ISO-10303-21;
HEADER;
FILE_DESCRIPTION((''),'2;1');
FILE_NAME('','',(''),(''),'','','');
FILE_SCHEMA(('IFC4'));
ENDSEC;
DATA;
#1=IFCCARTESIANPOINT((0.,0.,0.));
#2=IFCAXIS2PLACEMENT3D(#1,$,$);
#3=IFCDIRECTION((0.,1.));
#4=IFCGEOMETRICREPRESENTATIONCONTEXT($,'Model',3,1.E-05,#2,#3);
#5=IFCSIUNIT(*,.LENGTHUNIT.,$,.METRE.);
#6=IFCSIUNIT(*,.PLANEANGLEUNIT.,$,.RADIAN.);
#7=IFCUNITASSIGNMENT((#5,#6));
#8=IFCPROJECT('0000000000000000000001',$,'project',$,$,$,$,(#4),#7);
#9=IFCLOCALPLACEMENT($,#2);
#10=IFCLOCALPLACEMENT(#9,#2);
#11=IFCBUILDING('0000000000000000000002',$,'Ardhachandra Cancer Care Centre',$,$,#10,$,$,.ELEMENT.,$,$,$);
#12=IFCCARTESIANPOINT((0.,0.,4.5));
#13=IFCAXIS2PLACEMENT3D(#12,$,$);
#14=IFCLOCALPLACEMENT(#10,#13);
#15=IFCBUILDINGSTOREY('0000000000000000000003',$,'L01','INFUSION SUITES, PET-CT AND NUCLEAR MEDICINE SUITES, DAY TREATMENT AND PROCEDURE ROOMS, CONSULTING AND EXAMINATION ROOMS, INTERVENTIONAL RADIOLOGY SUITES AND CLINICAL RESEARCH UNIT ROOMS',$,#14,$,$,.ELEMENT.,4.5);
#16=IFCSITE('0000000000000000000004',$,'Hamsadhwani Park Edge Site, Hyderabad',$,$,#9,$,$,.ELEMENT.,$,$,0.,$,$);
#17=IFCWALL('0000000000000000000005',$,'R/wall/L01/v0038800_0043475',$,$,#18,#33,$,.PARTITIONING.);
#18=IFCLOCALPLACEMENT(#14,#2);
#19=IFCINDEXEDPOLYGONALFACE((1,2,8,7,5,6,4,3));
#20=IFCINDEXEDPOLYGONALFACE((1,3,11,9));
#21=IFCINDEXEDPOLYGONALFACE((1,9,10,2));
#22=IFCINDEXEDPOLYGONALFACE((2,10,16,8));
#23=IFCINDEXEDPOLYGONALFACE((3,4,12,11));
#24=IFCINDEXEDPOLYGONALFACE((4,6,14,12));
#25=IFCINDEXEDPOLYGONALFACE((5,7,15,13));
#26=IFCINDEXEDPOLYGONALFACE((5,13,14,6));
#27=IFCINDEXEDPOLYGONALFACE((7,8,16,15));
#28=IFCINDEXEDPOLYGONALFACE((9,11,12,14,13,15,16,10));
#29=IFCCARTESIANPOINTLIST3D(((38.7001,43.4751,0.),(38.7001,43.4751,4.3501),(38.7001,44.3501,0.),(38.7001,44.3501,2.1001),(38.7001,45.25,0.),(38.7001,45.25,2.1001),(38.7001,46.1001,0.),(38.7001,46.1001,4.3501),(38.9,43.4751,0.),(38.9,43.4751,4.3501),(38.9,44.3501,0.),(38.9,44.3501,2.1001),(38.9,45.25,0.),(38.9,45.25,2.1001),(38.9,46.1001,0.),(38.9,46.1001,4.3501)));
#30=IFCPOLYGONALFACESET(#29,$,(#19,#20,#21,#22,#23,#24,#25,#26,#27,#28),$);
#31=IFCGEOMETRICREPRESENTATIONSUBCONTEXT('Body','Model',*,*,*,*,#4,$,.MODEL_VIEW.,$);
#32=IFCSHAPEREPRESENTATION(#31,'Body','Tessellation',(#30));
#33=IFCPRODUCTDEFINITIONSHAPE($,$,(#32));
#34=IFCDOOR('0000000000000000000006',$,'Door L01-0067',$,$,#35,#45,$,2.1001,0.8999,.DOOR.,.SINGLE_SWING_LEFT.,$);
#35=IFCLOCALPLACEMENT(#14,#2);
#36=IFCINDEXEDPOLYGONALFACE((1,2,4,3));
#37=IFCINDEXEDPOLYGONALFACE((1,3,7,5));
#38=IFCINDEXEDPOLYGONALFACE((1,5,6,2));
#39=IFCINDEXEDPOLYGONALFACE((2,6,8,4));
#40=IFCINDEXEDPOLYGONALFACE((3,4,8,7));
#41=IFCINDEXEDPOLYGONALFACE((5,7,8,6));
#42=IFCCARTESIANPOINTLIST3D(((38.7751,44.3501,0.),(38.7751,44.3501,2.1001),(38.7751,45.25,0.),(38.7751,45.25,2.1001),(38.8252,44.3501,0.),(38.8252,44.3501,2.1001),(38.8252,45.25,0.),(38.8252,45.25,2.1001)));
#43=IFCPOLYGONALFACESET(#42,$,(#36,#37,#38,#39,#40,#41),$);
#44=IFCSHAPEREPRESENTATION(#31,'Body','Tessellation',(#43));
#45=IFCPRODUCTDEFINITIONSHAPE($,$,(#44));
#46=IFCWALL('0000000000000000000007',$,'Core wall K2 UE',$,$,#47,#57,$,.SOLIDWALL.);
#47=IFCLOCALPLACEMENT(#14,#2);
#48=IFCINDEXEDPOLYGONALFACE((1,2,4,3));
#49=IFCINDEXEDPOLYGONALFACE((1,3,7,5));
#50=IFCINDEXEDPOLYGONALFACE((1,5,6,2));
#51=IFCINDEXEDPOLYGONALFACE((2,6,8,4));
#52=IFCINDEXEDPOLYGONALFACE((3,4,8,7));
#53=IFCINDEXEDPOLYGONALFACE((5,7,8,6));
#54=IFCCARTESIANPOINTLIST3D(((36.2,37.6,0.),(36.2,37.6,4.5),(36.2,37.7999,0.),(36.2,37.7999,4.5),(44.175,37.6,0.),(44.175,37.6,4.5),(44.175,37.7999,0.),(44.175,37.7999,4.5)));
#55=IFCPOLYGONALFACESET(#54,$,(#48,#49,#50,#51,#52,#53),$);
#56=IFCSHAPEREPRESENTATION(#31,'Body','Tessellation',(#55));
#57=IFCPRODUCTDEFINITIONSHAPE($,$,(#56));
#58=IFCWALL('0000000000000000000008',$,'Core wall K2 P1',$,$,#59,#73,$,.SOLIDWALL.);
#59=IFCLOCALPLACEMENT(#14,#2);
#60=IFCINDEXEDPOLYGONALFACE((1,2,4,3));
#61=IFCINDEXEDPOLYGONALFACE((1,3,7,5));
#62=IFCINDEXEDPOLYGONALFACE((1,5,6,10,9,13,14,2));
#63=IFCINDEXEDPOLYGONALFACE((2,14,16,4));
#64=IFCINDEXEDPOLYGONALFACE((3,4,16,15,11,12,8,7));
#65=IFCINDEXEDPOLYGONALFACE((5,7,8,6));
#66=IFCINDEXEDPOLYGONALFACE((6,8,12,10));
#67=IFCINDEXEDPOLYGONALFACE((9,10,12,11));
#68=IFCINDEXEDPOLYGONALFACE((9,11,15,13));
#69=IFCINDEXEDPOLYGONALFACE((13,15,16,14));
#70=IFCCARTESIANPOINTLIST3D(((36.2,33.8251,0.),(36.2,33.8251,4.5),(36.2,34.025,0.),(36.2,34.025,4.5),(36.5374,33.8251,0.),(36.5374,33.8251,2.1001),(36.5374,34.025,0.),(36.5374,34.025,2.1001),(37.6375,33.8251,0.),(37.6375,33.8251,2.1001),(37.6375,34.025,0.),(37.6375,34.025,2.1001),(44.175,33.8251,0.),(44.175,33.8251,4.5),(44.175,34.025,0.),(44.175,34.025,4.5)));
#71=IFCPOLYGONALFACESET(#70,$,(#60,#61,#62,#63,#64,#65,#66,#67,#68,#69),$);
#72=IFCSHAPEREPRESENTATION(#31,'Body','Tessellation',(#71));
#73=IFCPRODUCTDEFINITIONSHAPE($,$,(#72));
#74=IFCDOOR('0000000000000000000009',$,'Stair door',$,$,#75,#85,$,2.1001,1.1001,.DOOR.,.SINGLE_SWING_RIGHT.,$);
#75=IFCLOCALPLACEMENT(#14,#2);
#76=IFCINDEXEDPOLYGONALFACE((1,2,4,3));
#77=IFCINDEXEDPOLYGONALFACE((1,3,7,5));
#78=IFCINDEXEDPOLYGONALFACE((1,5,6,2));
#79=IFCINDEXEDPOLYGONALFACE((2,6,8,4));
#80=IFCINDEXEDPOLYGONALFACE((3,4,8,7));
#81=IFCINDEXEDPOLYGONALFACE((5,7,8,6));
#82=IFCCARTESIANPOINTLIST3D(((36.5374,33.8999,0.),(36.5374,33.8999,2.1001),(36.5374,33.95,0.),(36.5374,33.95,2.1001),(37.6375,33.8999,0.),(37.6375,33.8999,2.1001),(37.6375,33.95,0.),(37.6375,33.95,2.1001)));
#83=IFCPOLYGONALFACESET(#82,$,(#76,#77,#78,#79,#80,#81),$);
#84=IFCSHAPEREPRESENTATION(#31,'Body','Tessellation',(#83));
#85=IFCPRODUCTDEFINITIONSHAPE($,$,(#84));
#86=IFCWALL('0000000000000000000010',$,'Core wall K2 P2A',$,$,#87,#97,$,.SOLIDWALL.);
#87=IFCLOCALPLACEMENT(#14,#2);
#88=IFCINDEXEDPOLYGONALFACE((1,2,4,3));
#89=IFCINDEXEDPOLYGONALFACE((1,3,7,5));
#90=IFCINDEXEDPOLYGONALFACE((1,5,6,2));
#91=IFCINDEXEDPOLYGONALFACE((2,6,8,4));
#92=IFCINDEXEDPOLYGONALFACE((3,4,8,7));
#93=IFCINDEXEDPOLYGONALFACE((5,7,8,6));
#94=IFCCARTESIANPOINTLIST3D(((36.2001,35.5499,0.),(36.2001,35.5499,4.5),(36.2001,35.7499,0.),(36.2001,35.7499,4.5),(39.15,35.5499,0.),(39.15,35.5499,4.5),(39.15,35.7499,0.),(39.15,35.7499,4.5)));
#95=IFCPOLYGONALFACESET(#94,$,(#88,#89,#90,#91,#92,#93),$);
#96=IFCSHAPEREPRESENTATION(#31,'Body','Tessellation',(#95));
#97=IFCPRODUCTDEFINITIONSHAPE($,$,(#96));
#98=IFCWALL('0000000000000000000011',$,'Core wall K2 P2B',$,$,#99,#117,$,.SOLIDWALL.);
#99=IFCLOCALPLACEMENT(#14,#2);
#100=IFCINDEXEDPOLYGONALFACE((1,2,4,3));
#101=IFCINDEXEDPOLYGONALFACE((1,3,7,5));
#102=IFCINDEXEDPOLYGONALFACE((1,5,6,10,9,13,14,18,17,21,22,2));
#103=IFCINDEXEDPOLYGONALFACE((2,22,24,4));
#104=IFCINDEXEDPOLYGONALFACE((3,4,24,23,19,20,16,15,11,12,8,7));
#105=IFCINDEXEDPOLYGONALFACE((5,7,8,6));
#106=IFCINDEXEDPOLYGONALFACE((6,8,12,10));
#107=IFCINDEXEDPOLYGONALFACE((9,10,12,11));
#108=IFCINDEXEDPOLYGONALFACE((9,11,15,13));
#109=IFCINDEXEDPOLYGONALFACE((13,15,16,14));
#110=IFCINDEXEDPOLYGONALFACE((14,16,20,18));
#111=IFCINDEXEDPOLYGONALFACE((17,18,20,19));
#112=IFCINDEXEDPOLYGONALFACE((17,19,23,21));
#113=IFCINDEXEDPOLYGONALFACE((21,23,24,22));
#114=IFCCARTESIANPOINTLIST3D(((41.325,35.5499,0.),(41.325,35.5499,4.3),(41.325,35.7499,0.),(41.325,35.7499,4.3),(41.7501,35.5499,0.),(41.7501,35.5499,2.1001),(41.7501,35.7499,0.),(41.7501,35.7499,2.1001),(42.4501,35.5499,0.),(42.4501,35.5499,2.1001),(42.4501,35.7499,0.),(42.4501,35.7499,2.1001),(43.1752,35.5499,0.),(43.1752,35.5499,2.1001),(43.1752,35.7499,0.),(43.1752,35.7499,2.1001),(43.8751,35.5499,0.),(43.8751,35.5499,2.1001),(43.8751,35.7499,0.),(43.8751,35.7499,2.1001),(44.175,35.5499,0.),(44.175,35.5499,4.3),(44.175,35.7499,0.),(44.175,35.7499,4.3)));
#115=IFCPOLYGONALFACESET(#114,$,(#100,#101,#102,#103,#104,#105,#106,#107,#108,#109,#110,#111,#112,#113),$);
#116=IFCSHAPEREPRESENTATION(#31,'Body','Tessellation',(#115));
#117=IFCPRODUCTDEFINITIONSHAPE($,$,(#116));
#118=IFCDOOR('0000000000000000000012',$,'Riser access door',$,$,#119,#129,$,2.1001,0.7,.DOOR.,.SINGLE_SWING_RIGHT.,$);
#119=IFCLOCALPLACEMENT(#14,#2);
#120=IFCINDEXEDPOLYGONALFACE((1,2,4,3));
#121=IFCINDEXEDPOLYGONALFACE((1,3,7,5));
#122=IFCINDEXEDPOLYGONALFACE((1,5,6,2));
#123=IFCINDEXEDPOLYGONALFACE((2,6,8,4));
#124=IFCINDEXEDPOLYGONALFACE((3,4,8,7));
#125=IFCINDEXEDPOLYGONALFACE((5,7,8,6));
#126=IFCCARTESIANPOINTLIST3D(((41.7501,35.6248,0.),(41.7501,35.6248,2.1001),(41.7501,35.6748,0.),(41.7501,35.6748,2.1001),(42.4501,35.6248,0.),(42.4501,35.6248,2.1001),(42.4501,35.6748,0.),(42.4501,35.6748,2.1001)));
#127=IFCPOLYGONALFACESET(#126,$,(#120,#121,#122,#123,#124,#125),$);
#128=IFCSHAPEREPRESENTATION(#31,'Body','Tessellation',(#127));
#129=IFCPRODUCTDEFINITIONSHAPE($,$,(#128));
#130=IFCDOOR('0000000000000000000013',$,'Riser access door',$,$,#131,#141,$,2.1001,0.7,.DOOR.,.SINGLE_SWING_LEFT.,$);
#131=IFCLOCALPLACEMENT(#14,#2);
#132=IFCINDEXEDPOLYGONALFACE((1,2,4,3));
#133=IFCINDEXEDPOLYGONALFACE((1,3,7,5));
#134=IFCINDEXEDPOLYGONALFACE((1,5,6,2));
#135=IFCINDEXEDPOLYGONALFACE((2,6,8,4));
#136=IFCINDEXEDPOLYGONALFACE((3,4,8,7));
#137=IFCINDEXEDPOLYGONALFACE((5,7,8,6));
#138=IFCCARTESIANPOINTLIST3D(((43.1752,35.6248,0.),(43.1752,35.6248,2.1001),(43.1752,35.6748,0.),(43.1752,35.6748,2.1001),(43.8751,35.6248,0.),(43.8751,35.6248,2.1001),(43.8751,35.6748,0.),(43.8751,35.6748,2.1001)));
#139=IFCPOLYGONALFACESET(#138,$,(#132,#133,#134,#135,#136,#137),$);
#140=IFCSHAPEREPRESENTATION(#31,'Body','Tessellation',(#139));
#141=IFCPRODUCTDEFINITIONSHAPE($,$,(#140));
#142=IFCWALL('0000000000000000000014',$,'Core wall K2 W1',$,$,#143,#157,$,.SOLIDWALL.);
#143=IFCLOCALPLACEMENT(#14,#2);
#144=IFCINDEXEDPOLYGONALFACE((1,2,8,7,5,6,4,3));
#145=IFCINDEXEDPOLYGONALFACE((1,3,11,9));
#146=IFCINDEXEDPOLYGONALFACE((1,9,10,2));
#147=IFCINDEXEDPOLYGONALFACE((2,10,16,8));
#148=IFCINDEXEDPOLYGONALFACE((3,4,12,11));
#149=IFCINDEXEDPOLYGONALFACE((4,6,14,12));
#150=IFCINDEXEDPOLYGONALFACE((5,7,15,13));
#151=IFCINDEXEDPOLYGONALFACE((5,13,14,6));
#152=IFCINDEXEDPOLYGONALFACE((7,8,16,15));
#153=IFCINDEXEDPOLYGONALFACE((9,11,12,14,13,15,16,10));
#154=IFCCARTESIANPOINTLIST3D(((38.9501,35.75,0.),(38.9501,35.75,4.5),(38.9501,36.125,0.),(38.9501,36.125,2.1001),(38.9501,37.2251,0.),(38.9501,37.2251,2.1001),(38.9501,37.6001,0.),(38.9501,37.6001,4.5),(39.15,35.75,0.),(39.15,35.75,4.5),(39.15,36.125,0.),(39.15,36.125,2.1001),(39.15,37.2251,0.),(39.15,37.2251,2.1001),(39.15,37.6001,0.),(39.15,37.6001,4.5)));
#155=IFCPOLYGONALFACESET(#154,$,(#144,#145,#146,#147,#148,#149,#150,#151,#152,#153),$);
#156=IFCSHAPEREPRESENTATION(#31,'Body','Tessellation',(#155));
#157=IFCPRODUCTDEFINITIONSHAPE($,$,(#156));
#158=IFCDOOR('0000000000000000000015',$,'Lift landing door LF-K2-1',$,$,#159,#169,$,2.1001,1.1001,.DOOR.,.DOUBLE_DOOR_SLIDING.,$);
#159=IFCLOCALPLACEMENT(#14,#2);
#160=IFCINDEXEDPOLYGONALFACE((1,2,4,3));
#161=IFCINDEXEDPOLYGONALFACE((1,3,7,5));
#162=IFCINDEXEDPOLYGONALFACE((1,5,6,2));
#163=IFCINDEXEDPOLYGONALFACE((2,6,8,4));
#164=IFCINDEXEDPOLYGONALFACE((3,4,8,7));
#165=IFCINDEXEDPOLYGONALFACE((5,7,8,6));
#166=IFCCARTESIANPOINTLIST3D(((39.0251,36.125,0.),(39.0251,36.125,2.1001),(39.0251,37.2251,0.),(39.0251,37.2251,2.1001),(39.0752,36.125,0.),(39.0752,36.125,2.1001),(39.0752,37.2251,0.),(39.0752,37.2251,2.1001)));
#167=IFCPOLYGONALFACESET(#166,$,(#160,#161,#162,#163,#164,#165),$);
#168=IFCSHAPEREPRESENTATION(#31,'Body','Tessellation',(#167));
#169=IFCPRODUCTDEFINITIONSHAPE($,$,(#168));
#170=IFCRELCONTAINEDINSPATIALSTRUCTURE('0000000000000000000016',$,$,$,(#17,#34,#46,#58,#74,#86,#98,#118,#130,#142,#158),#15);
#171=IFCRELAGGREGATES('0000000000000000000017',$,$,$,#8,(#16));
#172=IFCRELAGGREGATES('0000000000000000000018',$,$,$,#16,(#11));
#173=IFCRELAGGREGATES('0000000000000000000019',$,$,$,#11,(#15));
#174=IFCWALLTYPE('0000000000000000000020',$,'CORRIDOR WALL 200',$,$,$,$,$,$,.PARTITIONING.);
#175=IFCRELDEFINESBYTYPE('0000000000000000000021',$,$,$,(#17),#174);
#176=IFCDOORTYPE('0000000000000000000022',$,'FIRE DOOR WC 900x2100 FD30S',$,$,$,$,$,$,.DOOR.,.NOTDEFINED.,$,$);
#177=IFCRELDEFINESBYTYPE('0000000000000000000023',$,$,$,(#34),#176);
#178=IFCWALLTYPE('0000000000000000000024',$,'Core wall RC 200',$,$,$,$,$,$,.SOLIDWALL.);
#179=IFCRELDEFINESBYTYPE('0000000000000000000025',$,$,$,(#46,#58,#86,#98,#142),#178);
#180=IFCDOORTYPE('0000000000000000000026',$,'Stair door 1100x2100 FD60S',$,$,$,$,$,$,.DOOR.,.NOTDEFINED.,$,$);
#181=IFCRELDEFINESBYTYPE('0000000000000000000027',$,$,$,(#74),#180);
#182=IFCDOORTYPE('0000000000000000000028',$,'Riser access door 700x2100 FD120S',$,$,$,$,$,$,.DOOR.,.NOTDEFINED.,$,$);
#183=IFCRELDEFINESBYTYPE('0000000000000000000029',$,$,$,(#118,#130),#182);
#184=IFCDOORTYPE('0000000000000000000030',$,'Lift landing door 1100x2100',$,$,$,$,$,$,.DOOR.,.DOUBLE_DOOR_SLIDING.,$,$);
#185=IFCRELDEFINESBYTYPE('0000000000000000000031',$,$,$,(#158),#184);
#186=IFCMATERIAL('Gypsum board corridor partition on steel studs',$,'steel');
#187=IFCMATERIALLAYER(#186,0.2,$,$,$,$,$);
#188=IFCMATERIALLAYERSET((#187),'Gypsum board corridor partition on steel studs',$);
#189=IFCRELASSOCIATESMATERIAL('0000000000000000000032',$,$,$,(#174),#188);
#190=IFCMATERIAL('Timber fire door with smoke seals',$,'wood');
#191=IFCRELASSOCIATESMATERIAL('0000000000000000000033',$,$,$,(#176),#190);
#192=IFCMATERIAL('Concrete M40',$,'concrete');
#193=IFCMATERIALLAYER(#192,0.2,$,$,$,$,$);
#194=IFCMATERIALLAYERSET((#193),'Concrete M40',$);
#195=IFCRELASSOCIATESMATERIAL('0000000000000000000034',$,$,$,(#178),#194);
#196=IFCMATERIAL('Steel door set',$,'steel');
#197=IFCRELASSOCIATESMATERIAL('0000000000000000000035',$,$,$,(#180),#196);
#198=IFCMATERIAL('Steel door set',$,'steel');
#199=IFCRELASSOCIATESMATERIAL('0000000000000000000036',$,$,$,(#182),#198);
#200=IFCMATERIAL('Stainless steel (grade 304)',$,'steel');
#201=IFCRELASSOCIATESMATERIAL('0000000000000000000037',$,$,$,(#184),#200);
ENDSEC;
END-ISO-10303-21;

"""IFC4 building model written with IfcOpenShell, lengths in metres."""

from ifc_helpers import new_model, si_unit, direction, frame, frame_2d, origin, place, context, subcontext, project, spatial, rectangle, extrude, material, layer, layer_set, type_object, element, fill, save


model = new_model("IFC4")

# Units and contexts
model_context = context("Model", 3, precision=1e-05, world=origin(), true_north=direction((0.0, 1.0)))
body_context = subcontext(model_context, "Body", "Model", "MODEL_VIEW")
ifc_project = project(units=[si_unit("LENGTHUNIT", "METRE"), si_unit("PLANEANGLEUNIT", "RADIAN")], contexts=[model_context])

# Site, building, storey
site_placement = place(None, origin())
site = spatial("IfcSite", under=ifc_project, at=site_placement, Name="Hamsadhwani Park Edge Site, Hyderabad", CompositionType="ELEMENT", RefElevation=0.0)
building_placement = place(site_placement, origin())
building = spatial("IfcBuilding", under=site, at=building_placement, Name="Ardhachandra Cancer Care Centre", CompositionType="ELEMENT")
storey_placement = place(building_placement, frame((0.0, 0.0, 4.5)))
storey = spatial("IfcBuildingStorey", under=building, at=storey_placement, Name="L01", Description="INFUSION SUITES, PET-CT AND NUCLEAR MEDICINE SUITES, DAY TREATMENT AND PROCEDURE ROOMS, CONSULTING AND EXAMINATION ROOMS, INTERVENTIONAL RADIOLOGY SUITES AND CLINICAL RESEARCH UNIT ROOMS", CompositionType="ELEMENT", Elevation=4.5)

# Wall, opening, door
ifc_material_1 = material(Name="Gypsum board corridor partition on steel studs", Category="steel")
ifc_layer_1 = layer(ifc_material_1, 0.2)
ifc_layer_set_1 = layer_set([ifc_layer_1], Name="Gypsum board corridor partition on steel studs")
wall_type_1 = type_object("IfcWallType", Name="CORRIDOR WALL 200", PredefinedType="PARTITIONING", material=ifc_layer_set_1)
ifc_material_2 = material(Name="Timber fire door with smoke seals", Category="wood")
door_type_1 = type_object("IfcDoorType", Name="FIRE DOOR WC 900x2100 FD30S", OperationType="NOTDEFINED", PredefinedType="DOOR", material=ifc_material_2)
wall_1_placement = place(storey_placement, frame((38.8, 43.4751, 0.0), z_axis=(0.0, 0.0, 1.0), x_axis=(0.0, 1.0, 0.0)))
wall_1 = element("IfcWall", 1, at=wall_1_placement, inside=storey, type_object=wall_type_1, Name="R/wall/L01/v0038800_0043475", PredefinedType="PARTITIONING", context=body_context, shape_type="SweptSolid", body=[
    extrude(rectangle(XDim=2.625, YDim=0.2, at=frame_2d((1.3125, 0.0))), origin(), (0.0, 0.0, 1.0), 4.3501),
])
opening_1_placement = place(wall_1_placement, frame((0.875, 0.0, 0.0)))
opening_1 = element("IfcOpeningElement", 2, at=opening_1_placement, cuts=wall_1, PredefinedType="OPENING", context=body_context, shape_type="SweptSolid", body=[
    extrude(rectangle(XDim=0.8999, YDim=2.1001, at=frame_2d((0.45, 1.05))), frame((0.0, 0.1099, 0.0), z_axis=(0.0, -1.0, 0.0), x_axis=(1.0, 0.0, 0.0)), (0.0, 0.0, 1.0), 0.22),
])
door_1_placement = place(opening_1_placement, origin())
door_1 = element("IfcDoor", 3, at=door_1_placement, inside=storey, type_object=door_type_1, Name="Door L01-0067", OperationType="SINGLE_SWING_LEFT", OverallHeight=2.1001, OverallWidth=0.8999, PredefinedType="DOOR", context=body_context, shape_type="SweptSolid", body=[
    extrude(rectangle(XDim=0.8999, YDim=2.1001, at=frame_2d((0.45, 1.05))), frame((0.0, 0.0249, 0.0), z_axis=(0.0, -1.0, 0.0), x_axis=(1.0, 0.0, 0.0)), (0.0, 0.0, 1.0), 0.05),
])
fill(opening_1, door_1)

# Wall
ifc_material_3 = material(Name="Concrete M40", Category="concrete")
ifc_layer_2 = layer(ifc_material_3, 0.2)
ifc_layer_set_2 = layer_set([ifc_layer_2], Name="Concrete M40")
wall_type_2 = type_object("IfcWallType", Name="Core wall RC 200", PredefinedType="SOLIDWALL", material=ifc_layer_set_2)
wall_2_placement = place(storey_placement, frame((36.2, 37.7, 0.0), z_axis=(0.0, 0.0, 1.0), x_axis=(1.0, 0.0, 0.0)))
element("IfcWall", 4, at=wall_2_placement, inside=storey, type_object=wall_type_2, Name="Core wall K2 UE", PredefinedType="SOLIDWALL", context=body_context, shape_type="SweptSolid", body=[
    extrude(rectangle(XDim=7.9751, YDim=0.2, at=frame_2d((3.9875, 0.0))), origin(), (0.0, 0.0, 1.0), 4.5),
])

# Wall, opening, door
wall_3_placement = place(storey_placement, frame((36.2, 33.925, 0.0), z_axis=(0.0, 0.0, 1.0), x_axis=(1.0, 0.0, 0.0)))
wall_3 = element("IfcWall", 5, at=wall_3_placement, inside=storey, type_object=wall_type_2, Name="Core wall K2 P1", PredefinedType="SOLIDWALL", context=body_context, shape_type="SweptSolid", body=[
    extrude(rectangle(XDim=7.9751, YDim=0.2, at=frame_2d((3.9875, 0.0))), origin(), (0.0, 0.0, 1.0), 4.5),
])
opening_2_placement = place(wall_3_placement, frame((0.3374, 0.0, 0.0)))
opening_2 = element("IfcOpeningElement", 6, at=opening_2_placement, cuts=wall_3, PredefinedType="OPENING", context=body_context, shape_type="SweptSolid", body=[
    extrude(rectangle(XDim=1.1001, YDim=2.1001, at=frame_2d((0.55, 1.05))), frame((0.0, 0.1099, 0.0), z_axis=(0.0, -1.0, 0.0), x_axis=(1.0, 0.0, 0.0)), (0.0, 0.0, 1.0), 0.22),
])
ifc_material_4 = material(Name="Steel door set", Category="steel")
door_type_2 = type_object("IfcDoorType", Name="Stair door 1100x2100 FD60S", OperationType="NOTDEFINED", PredefinedType="DOOR", material=ifc_material_4)
door_2_placement = place(opening_2_placement, origin())
door_2 = element("IfcDoor", 7, at=door_2_placement, inside=storey, type_object=door_type_2, Name="Stair door", OperationType="SINGLE_SWING_RIGHT", OverallHeight=2.1001, OverallWidth=1.1001, PredefinedType="DOOR", context=body_context, shape_type="SweptSolid", body=[
    extrude(rectangle(XDim=1.1001, YDim=2.1001, at=frame_2d((0.55, 1.05))), frame((0.0, 0.0249, 0.0), z_axis=(0.0, -1.0, 0.0), x_axis=(1.0, 0.0, 0.0)), (0.0, 0.0, 1.0), 0.05),
])
fill(opening_2, door_2)

# Wall
wall_4_placement = place(storey_placement, frame((36.2, 35.6499, 0.0), z_axis=(0.0, 0.0, 1.0), x_axis=(1.0, 0.0, 0.0)))
element("IfcWall", 8, at=wall_4_placement, inside=storey, type_object=wall_type_2, Name="Core wall K2 P2A", PredefinedType="SOLIDWALL", context=body_context, shape_type="SweptSolid", body=[
    extrude(rectangle(XDim=2.95, YDim=0.2, at=frame_2d((1.4751, 0.0))), origin(), (0.0, 0.0, 1.0), 4.5),
])

# Wall, openings, doors
wall_5_placement = place(storey_placement, frame((41.325, 35.6499, 0.0), z_axis=(0.0, 0.0, 1.0), x_axis=(1.0, 0.0, 0.0)))
wall_5 = element("IfcWall", 9, at=wall_5_placement, inside=storey, type_object=wall_type_2, Name="Core wall K2 P2B", PredefinedType="SOLIDWALL", context=body_context, shape_type="SweptSolid", body=[
    extrude(rectangle(XDim=2.8501, YDim=0.2, at=frame_2d((1.425, 0.0))), origin(), (0.0, 0.0, 1.0), 4.3),
])
opening_3_placement = place(wall_5_placement, frame((0.425, 0.0, 0.0)))
opening_3 = element("IfcOpeningElement", 10, at=opening_3_placement, cuts=wall_5, PredefinedType="OPENING", context=body_context, shape_type="SweptSolid", body=[
    extrude(rectangle(XDim=0.7, YDim=2.1001, at=frame_2d((0.3501, 1.05))), frame((0.0, 0.1099, 0.0), z_axis=(0.0, -1.0, 0.0), x_axis=(1.0, 0.0, 0.0)), (0.0, 0.0, 1.0), 0.22),
])
opening_4_placement = place(wall_5_placement, frame((1.8501, 0.0, 0.0)))
opening_4 = element("IfcOpeningElement", 11, at=opening_4_placement, cuts=wall_5, PredefinedType="OPENING", context=body_context, shape_type="SweptSolid", body=[
    extrude(rectangle(XDim=0.7, YDim=2.1001, at=frame_2d((0.3501, 1.05))), frame((0.0, 0.1099, 0.0), z_axis=(0.0, -1.0, 0.0), x_axis=(1.0, 0.0, 0.0)), (0.0, 0.0, 1.0), 0.22),
])
ifc_material_5 = material(Name="Steel door set", Category="steel")
door_type_3 = type_object("IfcDoorType", Name="Riser access door 700x2100 FD120S", OperationType="NOTDEFINED", PredefinedType="DOOR", material=ifc_material_5)
door_3_placement = place(opening_3_placement, origin())
door_3 = element("IfcDoor", 12, at=door_3_placement, inside=storey, type_object=door_type_3, Name="Riser access door", OperationType="SINGLE_SWING_RIGHT", OverallHeight=2.1001, OverallWidth=0.7, PredefinedType="DOOR", context=body_context, shape_type="SweptSolid", body=[
    extrude(rectangle(XDim=0.7, YDim=2.1001, at=frame_2d((0.3501, 1.05))), frame((0.0, 0.0249, 0.0), z_axis=(0.0, -1.0, 0.0), x_axis=(1.0, 0.0, 0.0)), (0.0, 0.0, 1.0), 0.05),
])
fill(opening_3, door_3)
door_4_placement = place(opening_4_placement, origin())
door_4 = element("IfcDoor", 13, at=door_4_placement, inside=storey, type_object=door_type_3, Name="Riser access door", OperationType="SINGLE_SWING_LEFT", OverallHeight=2.1001, OverallWidth=0.7, PredefinedType="DOOR", context=body_context, shape_type="SweptSolid", body=[
    extrude(rectangle(XDim=0.7, YDim=2.1001, at=frame_2d((0.3501, 1.05))), frame((0.0, 0.0249, 0.0), z_axis=(0.0, -1.0, 0.0), x_axis=(1.0, 0.0, 0.0)), (0.0, 0.0, 1.0), 0.05),
])
fill(opening_4, door_4)

# Wall, opening, door
wall_6_placement = place(storey_placement, frame((39.05, 35.75, 0.0), z_axis=(0.0, 0.0, 1.0), x_axis=(0.0, 1.0, 0.0)))
wall_6 = element("IfcWall", 14, at=wall_6_placement, inside=storey, type_object=wall_type_2, Name="Core wall K2 W1", PredefinedType="SOLIDWALL", context=body_context, shape_type="SweptSolid", body=[
    extrude(rectangle(XDim=1.8501, YDim=0.2, at=frame_2d((0.925, 0.0))), origin(), (0.0, 0.0, 1.0), 4.5),
])
opening_5_placement = place(wall_6_placement, frame((0.375, 0.0, 0.0)))
opening_5 = element("IfcOpeningElement", 15, at=opening_5_placement, cuts=wall_6, PredefinedType="OPENING", context=body_context, shape_type="SweptSolid", body=[
    extrude(rectangle(XDim=1.1001, YDim=2.1001, at=frame_2d((0.55, 1.05))), frame((0.0, 0.1099, 0.0), z_axis=(0.0, -1.0, 0.0), x_axis=(1.0, 0.0, 0.0)), (0.0, 0.0, 1.0), 0.22),
])
ifc_material_6 = material(Name="Stainless steel (grade 304)", Category="steel")
door_type_4 = type_object("IfcDoorType", Name="Lift landing door 1100x2100", OperationType="DOUBLE_DOOR_SLIDING", PredefinedType="DOOR", material=ifc_material_6)
door_5_placement = place(opening_5_placement, origin())
door_5 = element("IfcDoor", 16, at=door_5_placement, inside=storey, type_object=door_type_4, Name="Lift landing door LF-K2-1", OperationType="DOUBLE_DOOR_SLIDING", OverallHeight=2.1001, OverallWidth=1.1001, PredefinedType="DOOR", context=body_context, shape_type="SweptSolid", body=[
    extrude(rectangle(XDim=1.1001, YDim=2.1001, at=frame_2d((0.55, 1.05))), frame((0.0, 0.0249, 0.0), z_axis=(0.0, -1.0, 0.0), x_axis=(1.0, 0.0, 0.0)), (0.0, 0.0, 1.0), 0.05),
])
fill(opening_5, door_5)

save(model, "model.ifc")
